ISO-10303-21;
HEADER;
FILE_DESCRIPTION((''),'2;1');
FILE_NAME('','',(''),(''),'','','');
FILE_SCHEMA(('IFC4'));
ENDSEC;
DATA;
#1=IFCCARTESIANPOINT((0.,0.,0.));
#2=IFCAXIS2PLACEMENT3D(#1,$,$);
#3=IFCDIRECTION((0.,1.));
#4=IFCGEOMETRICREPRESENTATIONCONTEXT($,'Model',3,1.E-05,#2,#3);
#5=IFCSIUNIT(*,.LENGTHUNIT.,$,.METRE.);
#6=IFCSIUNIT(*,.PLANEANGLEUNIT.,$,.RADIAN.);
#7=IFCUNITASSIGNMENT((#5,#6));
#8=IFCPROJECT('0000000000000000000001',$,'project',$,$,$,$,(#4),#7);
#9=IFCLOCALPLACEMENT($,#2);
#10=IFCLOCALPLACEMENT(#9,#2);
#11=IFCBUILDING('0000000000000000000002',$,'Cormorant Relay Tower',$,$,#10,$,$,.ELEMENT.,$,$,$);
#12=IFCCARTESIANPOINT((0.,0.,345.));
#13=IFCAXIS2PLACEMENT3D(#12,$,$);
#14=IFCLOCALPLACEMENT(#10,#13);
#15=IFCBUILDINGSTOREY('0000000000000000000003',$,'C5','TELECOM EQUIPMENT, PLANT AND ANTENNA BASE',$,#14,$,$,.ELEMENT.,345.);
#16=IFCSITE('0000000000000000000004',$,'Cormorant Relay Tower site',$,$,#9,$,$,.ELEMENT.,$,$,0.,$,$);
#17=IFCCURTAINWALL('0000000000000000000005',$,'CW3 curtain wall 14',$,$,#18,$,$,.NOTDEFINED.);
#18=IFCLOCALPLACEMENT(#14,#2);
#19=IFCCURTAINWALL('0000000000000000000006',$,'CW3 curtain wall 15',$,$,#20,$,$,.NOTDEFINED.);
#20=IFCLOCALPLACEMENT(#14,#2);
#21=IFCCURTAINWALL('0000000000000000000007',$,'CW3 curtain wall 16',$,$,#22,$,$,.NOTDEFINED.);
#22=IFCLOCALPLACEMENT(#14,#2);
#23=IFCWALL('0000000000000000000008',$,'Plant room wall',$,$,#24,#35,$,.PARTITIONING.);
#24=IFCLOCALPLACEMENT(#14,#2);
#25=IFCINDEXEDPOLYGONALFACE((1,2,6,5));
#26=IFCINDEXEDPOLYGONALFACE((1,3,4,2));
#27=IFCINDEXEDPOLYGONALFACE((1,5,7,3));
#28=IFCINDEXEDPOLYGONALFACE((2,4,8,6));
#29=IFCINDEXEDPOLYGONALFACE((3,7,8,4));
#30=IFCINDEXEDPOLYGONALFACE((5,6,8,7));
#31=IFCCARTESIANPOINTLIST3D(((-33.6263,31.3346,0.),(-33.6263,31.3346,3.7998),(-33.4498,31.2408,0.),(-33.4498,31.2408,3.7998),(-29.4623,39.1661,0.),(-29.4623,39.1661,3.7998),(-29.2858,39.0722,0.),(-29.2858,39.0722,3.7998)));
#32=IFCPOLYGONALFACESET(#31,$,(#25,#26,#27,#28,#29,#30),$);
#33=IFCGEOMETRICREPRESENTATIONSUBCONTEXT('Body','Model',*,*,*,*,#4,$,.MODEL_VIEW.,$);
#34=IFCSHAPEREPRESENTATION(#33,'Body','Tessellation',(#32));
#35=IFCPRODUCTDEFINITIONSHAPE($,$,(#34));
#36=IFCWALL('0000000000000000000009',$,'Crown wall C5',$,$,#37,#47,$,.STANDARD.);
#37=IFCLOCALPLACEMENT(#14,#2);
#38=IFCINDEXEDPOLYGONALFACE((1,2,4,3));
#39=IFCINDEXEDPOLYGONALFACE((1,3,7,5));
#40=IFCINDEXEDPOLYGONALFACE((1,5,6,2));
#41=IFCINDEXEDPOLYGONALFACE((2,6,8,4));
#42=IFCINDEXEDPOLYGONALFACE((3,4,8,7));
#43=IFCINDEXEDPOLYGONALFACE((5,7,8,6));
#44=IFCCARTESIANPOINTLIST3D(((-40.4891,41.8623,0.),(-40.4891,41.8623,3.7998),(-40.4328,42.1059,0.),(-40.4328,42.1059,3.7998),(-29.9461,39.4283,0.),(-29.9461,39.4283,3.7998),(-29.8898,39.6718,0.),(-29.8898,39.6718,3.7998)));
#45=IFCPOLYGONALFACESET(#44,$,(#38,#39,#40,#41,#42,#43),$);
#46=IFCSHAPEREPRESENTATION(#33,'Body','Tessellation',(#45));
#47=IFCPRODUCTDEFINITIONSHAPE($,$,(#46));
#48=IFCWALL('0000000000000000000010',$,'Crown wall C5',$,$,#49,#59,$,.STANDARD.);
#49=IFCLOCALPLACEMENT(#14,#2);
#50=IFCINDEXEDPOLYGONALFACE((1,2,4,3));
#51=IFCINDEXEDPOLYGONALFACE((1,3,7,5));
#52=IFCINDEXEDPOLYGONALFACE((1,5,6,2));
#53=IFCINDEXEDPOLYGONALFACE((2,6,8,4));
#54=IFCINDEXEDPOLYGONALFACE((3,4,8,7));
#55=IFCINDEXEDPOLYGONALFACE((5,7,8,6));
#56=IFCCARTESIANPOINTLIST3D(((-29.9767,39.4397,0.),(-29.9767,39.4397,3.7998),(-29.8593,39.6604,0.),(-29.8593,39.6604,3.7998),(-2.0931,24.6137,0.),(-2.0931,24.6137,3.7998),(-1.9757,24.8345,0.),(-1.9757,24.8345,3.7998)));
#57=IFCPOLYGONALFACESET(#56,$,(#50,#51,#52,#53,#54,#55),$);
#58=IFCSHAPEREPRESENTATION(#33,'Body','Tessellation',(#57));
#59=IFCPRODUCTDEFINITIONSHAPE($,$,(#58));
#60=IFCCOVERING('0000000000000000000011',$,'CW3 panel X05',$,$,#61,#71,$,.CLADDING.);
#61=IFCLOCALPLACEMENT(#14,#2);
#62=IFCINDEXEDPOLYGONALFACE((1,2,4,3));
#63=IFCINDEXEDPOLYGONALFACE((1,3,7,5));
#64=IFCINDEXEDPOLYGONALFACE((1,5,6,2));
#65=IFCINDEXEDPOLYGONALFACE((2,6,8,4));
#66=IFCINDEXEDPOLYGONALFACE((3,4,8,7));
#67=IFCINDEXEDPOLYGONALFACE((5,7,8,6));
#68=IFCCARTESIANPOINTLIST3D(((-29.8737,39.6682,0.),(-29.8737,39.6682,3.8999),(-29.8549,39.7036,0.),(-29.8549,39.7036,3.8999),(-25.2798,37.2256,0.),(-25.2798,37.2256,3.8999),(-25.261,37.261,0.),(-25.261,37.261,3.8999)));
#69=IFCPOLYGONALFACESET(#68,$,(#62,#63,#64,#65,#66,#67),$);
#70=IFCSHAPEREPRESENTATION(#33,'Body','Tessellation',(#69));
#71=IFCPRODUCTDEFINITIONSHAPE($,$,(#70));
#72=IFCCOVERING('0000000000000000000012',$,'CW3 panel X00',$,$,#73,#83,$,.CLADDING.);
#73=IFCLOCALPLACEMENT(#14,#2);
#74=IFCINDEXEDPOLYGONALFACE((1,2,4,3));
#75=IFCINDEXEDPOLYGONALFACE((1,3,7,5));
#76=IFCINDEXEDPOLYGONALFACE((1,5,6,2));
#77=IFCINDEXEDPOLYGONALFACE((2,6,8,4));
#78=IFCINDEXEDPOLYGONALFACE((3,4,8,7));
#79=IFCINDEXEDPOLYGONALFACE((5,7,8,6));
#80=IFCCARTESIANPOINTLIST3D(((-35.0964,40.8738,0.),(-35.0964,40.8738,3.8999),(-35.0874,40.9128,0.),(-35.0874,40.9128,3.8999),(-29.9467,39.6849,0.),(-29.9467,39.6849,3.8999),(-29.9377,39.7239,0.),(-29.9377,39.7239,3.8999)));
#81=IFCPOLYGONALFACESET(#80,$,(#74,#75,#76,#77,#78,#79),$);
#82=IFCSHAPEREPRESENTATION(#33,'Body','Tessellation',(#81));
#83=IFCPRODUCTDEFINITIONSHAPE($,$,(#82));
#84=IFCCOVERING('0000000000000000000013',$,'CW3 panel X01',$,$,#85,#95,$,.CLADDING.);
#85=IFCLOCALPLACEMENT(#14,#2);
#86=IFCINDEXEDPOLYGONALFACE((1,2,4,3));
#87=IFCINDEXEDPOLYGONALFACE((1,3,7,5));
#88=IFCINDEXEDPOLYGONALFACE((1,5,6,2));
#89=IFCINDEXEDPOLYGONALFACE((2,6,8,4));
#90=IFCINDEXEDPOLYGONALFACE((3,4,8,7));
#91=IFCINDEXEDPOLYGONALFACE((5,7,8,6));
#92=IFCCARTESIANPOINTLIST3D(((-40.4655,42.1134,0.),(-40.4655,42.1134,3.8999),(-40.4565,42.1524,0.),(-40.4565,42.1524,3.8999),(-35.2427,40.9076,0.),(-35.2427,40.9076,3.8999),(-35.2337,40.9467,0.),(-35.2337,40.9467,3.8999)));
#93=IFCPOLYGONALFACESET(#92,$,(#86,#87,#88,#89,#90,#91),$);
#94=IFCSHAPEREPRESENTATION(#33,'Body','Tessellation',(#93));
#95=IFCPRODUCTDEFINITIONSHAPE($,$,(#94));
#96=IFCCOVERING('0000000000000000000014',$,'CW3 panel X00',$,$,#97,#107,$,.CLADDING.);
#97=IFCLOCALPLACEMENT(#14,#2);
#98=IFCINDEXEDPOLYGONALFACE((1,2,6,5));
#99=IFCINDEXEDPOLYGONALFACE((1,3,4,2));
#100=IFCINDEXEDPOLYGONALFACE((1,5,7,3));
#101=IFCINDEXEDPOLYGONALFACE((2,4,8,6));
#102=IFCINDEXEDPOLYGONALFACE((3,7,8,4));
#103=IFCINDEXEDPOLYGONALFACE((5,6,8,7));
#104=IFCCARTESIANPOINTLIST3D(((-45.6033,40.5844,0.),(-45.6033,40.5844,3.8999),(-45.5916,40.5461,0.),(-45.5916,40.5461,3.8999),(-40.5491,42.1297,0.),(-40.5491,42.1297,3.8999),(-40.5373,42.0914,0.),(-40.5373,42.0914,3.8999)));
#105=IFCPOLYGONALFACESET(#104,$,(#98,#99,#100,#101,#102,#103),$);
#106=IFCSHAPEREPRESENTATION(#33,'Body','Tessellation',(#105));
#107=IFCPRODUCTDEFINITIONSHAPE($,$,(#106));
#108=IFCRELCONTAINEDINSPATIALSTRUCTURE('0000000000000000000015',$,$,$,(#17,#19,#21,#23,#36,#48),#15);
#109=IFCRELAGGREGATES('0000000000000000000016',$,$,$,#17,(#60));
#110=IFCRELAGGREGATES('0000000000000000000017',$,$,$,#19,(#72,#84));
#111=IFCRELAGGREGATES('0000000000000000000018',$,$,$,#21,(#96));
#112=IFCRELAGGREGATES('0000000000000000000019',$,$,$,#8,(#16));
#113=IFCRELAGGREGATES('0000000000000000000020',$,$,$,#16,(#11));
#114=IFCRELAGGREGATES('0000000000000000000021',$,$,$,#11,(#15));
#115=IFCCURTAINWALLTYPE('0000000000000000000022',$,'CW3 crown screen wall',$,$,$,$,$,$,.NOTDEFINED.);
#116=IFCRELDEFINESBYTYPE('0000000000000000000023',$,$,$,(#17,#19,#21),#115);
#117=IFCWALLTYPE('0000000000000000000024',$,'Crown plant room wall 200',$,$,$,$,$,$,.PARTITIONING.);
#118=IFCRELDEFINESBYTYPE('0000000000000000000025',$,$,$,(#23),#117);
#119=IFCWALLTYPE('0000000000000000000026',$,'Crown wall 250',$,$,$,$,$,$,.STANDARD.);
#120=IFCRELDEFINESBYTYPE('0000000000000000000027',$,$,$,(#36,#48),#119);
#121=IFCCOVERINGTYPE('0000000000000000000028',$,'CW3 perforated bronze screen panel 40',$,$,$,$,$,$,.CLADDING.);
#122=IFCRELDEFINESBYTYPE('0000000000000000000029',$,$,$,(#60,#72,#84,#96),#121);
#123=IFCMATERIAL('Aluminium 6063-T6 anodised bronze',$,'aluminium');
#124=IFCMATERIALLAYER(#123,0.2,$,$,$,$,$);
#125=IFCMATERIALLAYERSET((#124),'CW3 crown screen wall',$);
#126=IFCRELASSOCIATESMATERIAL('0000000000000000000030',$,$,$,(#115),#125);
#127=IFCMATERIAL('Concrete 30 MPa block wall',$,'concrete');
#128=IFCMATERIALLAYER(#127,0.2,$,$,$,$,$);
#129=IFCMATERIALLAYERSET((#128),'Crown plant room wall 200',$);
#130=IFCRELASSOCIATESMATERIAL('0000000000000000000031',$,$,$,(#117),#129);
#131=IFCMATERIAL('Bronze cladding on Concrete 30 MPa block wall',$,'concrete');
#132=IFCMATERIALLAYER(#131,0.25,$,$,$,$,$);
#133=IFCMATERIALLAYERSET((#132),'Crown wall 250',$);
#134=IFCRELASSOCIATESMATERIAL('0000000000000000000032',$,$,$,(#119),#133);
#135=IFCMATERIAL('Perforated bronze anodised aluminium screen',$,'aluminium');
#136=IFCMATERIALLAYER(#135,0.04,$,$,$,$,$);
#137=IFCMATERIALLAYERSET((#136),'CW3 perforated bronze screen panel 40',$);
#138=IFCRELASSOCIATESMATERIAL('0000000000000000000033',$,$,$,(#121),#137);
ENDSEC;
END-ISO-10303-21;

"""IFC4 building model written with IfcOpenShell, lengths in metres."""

from ifc_helpers import new_model, si_unit, direction, frame, frame_2d, origin, origin_2d, place, context, subcontext, project, spatial, rectangle, extrude, material, layer, layer_set, type_object, element, aggregate, save


model = new_model("IFC4")

# Units and contexts
model_context = context("Model", 3, precision=1e-05, world=origin(), true_north=direction((0.0, 1.0)))
body_context = subcontext(model_context, "Body", "Model", "MODEL_VIEW")
ifc_project = project(units=[si_unit("LENGTHUNIT", "METRE"), si_unit("PLANEANGLEUNIT", "RADIAN")], contexts=[model_context])

# Site, building, storey
site_placement = place(None, origin())
site = spatial("IfcSite", under=ifc_project, at=site_placement, Name="Cormorant Relay Tower site", CompositionType="ELEMENT", RefElevation=0.0)
building_placement = place(site_placement, origin())
building = spatial("IfcBuilding", under=site, at=building_placement, Name="Cormorant Relay Tower", CompositionType="ELEMENT")
storey_placement = place(building_placement, frame((0.0, 0.0, 345.0)))
storey = spatial("IfcBuildingStorey", under=building, at=storey_placement, Name="C5", Description="TELECOM EQUIPMENT, PLANT AND ANTENNA BASE", CompositionType="ELEMENT", Elevation=345.0)

# Curtain wall
ifc_material_1 = material(Name="Aluminium 6063-T6 anodised bronze", Category="aluminium")
ifc_layer_1 = layer(ifc_material_1, 0.2)
ifc_layer_set_1 = layer_set([ifc_layer_1], Name="CW3 crown screen wall")
curtain_wall_type = type_object("IfcCurtainWallType", Name="CW3 crown screen wall", PredefinedType="NOTDEFINED", material=ifc_layer_set_1)
curtain_wall_1_placement = place(storey_placement, origin())
curtain_wall_1 = element("IfcCurtainWall", 1, at=curtain_wall_1_placement, inside=storey, type_object=curtain_wall_type, Name="CW3 curtain wall 14", PredefinedType="NOTDEFINED")

# Curtain walls
curtain_wall_2_placement = place(storey_placement, origin())
curtain_wall_2 = element("IfcCurtainWall", 2, at=curtain_wall_2_placement, inside=storey, type_object=curtain_wall_type, Name="CW3 curtain wall 15", PredefinedType="NOTDEFINED")
curtain_wall_3_placement = place(storey_placement, origin())
curtain_wall_3 = element("IfcCurtainWall", 3, at=curtain_wall_3_placement, inside=storey, type_object=curtain_wall_type, Name="CW3 curtain wall 16", PredefinedType="NOTDEFINED")

# Shared definitions
ifc_material_2 = material(Name="Concrete 30 MPa block wall", Category="concrete")
ifc_layer_2 = layer(ifc_material_2, 0.2)
ifc_layer_set_2 = layer_set([ifc_layer_2], Name="Crown plant room wall 200")
wall_type_1 = type_object("IfcWallType", Name="Crown plant room wall 200", PredefinedType="PARTITIONING", material=ifc_layer_set_2)

# Walls
wall_1_placement = place(storey_placement, frame((-29.374, 39.1191, 0.0), z_axis=(0.0, 0.0, 1.0), x_axis=(-0.469468, -0.88295, 0.0)))
element("IfcWall", 4, at=wall_1_placement, inside=storey, type_object=wall_type_1, Name="Plant room wall", PredefinedType="PARTITIONING", context=body_context, shape_type="SweptSolid", body=[
    extrude(rectangle(XDim=8.8696, YDim=0.2, at=frame_2d((4.4348, 0.0))), origin(), (0.0, 0.0, 1.0), 3.7998),
])
ifc_material_3 = material(Name="Bronze cladding on Concrete 30 MPa block wall", Category="concrete")
ifc_layer_3 = layer(ifc_material_3, 0.25)
ifc_layer_set_3 = layer_set([ifc_layer_3], Name="Crown wall 250")
wall_type_2 = type_object("IfcWallType", Name="Crown wall 250", PredefinedType="STANDARD", material=ifc_layer_set_3)
wall_2_placement = place(storey_placement, frame((-40.4609, 41.9841, 0.0), z_axis=(0.0, 0.0, 1.0), x_axis=(0.974369, -0.224955, 0.0)))
element("IfcWall", 5, at=wall_2_placement, inside=storey, type_object=wall_type_2, Name="Crown wall C5", PredefinedType="STANDARD", context=body_context, shape_type="SweptSolid", body=[
    extrude(rectangle(XDim=10.8203, YDim=0.25, at=frame_2d((5.4102, 0.0))), origin(), (0.0, 0.0, 1.0), 3.7998),
])
wall_3_placement = place(storey_placement, frame((-29.918, 39.55, 0.0), z_axis=(0.0, 0.0, 1.0), x_axis=(0.882948, -0.469471, 0.0)))
element("IfcWall", 6, at=wall_3_placement, inside=storey, type_object=wall_type_2, Name="Crown wall C5", PredefinedType="STANDARD", context=body_context, shape_type="SweptSolid", body=[
    extrude(rectangle(XDim=31.5801, YDim=0.25, at=frame_2d((15.79, 0.0))), origin(), (0.0, 0.0, 1.0), 3.7998),
])

# Coverings
ifc_material_4 = material(Name="Perforated bronze anodised aluminium screen", Category="aluminium")
ifc_layer_4 = layer(ifc_material_4, 0.04)
ifc_layer_set_4 = layer_set([ifc_layer_4], Name="CW3 perforated bronze screen panel 40")
covering_type = type_object("IfcCoveringType", Name="CW3 perforated bronze screen panel 40", PredefinedType="CLADDING", material=ifc_layer_set_4)
covering_1_placement = place(storey_placement, frame((-27.5674, 38.4646, 0.0), z_axis=(0.0, 0.0, 1.0), x_axis=(-0.882948, 0.469472, 0.0)))
covering_1 = element("IfcCovering", 7, at=covering_1_placement, type_object=covering_type, Name="CW3 panel X05", PredefinedType="CLADDING", context=body_context, shape_type="SweptSolid", body=[
    extrude(rectangle(XDim=5.2029, YDim=0.04, at=origin_2d()), origin(), (0.0, 0.0, 1.0), 3.8999),
])
aggregate(curtain_wall_1, [covering_1])
covering_2_placement = place(storey_placement, frame((-32.5171, 40.2988, 0.0), z_axis=(0.0, 0.0, 1.0), x_axis=(-0.97437, 0.224951, 0.0)))
covering_2 = element("IfcCovering", 8, at=covering_2_placement, type_object=covering_type, Name="CW3 panel X00", PredefinedType="CLADDING", context=body_context, shape_type="SweptSolid", body=[
    extrude(rectangle(XDim=5.2852, YDim=0.04, at=origin_2d()), origin(), (0.0, 0.0, 1.0), 3.8999),
])
covering_3_placement = place(storey_placement, frame((-37.8496, 41.53, 0.0), z_axis=(0.0, 0.0, 1.0), x_axis=(-0.97437, 0.224951, 0.0)))
covering_3 = element("IfcCovering", 9, at=covering_3_placement, type_object=covering_type, Name="CW3 panel X01", PredefinedType="CLADDING", context=body_context, shape_type="SweptSolid", body=[
    extrude(rectangle(XDim=5.3601, YDim=0.04, at=origin_2d()), origin(), (0.0, 0.0, 1.0), 3.8999),
])
aggregate(curtain_wall_2, [covering_2, covering_3])
covering_4_placement = place(storey_placement, frame((-43.0703, 41.3379, 0.0), z_axis=(0.0, 0.0, 1.0), x_axis=(-0.956305, -0.292372, 0.0)))
covering_4 = element("IfcCovering", 10, at=covering_4_placement, type_object=covering_type, Name="CW3 panel X00", PredefinedType="CLADDING", context=body_context, shape_type="SweptSolid", body=[
    extrude(rectangle(XDim=5.2852, YDim=0.04, at=origin_2d()), origin(), (0.0, 0.0, 1.0), 3.8999),
])
aggregate(curtain_wall_3, [covering_4])

save(model, "model.ifc")
